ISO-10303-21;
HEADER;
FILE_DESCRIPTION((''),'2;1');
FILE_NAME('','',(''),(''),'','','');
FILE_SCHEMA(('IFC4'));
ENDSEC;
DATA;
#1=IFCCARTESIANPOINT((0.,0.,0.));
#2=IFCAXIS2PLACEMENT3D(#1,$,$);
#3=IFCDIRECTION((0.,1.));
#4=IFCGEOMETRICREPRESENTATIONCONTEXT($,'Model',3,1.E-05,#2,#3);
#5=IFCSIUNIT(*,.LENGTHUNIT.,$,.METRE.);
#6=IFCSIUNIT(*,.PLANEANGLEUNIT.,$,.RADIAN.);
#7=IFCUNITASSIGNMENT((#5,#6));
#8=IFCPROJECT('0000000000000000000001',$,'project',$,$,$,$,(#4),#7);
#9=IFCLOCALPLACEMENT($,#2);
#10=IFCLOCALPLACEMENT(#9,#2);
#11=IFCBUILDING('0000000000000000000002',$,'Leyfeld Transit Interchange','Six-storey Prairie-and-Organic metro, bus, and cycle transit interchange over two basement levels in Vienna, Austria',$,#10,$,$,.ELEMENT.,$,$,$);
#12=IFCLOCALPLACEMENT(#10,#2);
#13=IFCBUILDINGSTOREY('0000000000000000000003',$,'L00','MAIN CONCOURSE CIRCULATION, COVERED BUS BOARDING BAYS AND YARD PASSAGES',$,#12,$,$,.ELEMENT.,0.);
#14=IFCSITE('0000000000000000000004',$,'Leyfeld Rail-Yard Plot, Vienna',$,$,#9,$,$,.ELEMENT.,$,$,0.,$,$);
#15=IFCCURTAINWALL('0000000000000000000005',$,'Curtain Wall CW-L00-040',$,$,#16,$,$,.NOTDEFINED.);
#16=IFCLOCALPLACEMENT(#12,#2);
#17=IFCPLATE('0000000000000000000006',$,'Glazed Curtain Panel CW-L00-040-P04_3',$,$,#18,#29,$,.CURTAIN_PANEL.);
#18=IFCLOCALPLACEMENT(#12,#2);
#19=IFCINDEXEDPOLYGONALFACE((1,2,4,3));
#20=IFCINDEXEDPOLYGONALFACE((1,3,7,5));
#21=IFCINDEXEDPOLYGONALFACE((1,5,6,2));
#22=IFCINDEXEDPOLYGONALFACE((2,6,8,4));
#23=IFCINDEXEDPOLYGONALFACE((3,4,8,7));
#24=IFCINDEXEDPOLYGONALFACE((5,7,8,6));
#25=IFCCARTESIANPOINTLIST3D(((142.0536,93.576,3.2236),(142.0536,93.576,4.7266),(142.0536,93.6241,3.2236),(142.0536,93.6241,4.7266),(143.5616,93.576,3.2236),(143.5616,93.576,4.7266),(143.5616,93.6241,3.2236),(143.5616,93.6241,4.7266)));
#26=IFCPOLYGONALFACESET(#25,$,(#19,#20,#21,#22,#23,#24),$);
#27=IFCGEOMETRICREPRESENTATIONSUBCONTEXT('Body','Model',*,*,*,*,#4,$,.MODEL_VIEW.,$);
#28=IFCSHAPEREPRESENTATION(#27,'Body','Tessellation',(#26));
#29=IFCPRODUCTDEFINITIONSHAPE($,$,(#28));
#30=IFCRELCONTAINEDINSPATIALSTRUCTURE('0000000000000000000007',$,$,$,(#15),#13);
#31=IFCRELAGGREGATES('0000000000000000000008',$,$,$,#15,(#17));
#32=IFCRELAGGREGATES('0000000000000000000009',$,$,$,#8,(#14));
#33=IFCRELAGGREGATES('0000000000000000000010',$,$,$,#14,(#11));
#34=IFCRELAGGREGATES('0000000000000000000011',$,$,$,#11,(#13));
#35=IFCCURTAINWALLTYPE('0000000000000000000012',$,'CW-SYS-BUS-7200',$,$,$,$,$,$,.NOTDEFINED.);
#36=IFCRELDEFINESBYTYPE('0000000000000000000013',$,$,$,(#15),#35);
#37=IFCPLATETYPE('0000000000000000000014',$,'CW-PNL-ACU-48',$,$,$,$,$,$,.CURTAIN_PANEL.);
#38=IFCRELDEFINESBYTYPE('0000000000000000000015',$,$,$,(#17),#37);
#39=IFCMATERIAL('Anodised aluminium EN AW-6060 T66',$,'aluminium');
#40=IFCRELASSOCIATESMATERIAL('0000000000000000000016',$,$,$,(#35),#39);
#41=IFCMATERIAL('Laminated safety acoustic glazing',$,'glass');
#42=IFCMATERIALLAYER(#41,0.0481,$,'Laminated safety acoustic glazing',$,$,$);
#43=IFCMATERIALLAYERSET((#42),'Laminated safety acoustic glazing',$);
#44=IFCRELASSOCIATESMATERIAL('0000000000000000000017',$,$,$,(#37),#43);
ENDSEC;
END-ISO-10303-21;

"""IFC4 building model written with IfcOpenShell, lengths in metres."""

from ifc_helpers import new_model, si_unit, direction, frame, origin, origin_2d, place, context, subcontext, project, spatial, rectangle, extrude, material, layer, layer_set, type_object, element, aggregate, save


model = new_model("IFC4")

# Units and contexts
model_context = context("Model", 3, precision=1e-05, world=origin(), true_north=direction((0.0, 1.0)))
body_context = subcontext(model_context, "Body", "Model", "MODEL_VIEW")
ifc_project = project(units=[si_unit("LENGTHUNIT", "METRE"), si_unit("PLANEANGLEUNIT", "RADIAN")], contexts=[model_context])

# Site, building, storey
site_placement = place(None, origin())
site = spatial("IfcSite", under=ifc_project, at=site_placement, Name="Leyfeld Rail-Yard Plot, Vienna", CompositionType="ELEMENT", RefElevation=0.0)
building_placement = place(site_placement, origin())
building = spatial("IfcBuilding", under=site, at=building_placement, Name="Leyfeld Transit Interchange", Description="Six-storey Prairie-and-Organic metro, bus, and cycle transit interchange over two basement levels in Vienna, Austria", CompositionType="ELEMENT")
storey_placement = place(building_placement, origin())
storey = spatial("IfcBuildingStorey", under=building, at=storey_placement, Name="L00", Description="MAIN CONCOURSE CIRCULATION, COVERED BUS BOARDING BAYS AND YARD PASSAGES", CompositionType="ELEMENT", Elevation=0.0)

# Curtain wall, plate
ifc_material_1 = material(Name="Anodised aluminium EN AW-6060 T66", Category="aluminium")
curtain_wall_type = type_object("IfcCurtainWallType", Name="CW-SYS-BUS-7200", PredefinedType="NOTDEFINED", material=ifc_material_1)
curtain_wall_placement = place(storey_placement, origin())
curtain_wall = element("IfcCurtainWall", 1, at=curtain_wall_placement, inside=storey, type_object=curtain_wall_type, Name="Curtain Wall CW-L00-040", PredefinedType="NOTDEFINED")
ifc_material_2 = material(Name="Laminated safety acoustic glazing", Category="glass")
ifc_layer = layer(ifc_material_2, 0.0481, Name="Laminated safety acoustic glazing")
ifc_layer_set = layer_set([ifc_layer], Name="Laminated safety acoustic glazing")
plate_type = type_object("IfcPlateType", Name="CW-PNL-ACU-48", PredefinedType="CURTAIN_PANEL", material=ifc_layer_set)
plate_1_placement = place(storey_placement, frame((142.8076, 93.6001, 3.2236), z_axis=(0.0, 0.0, 1.0), x_axis=(1.0, 0.0, 0.0)))
plate_1 = element("IfcPlate", 2, at=plate_1_placement, type_object=plate_type, Name="Glazed Curtain Panel CW-L00-040-P04_3", PredefinedType="CURTAIN_PANEL", context=body_context, shape_type="SweptSolid", body=[
    extrude(rectangle(XDim=1.5081, YDim=0.0481, at=origin_2d()), origin(), (0.0, 0.0, 1.0), 1.5029),
])
aggregate(curtain_wall, [plate_1])

save(model, "model.ifc")
